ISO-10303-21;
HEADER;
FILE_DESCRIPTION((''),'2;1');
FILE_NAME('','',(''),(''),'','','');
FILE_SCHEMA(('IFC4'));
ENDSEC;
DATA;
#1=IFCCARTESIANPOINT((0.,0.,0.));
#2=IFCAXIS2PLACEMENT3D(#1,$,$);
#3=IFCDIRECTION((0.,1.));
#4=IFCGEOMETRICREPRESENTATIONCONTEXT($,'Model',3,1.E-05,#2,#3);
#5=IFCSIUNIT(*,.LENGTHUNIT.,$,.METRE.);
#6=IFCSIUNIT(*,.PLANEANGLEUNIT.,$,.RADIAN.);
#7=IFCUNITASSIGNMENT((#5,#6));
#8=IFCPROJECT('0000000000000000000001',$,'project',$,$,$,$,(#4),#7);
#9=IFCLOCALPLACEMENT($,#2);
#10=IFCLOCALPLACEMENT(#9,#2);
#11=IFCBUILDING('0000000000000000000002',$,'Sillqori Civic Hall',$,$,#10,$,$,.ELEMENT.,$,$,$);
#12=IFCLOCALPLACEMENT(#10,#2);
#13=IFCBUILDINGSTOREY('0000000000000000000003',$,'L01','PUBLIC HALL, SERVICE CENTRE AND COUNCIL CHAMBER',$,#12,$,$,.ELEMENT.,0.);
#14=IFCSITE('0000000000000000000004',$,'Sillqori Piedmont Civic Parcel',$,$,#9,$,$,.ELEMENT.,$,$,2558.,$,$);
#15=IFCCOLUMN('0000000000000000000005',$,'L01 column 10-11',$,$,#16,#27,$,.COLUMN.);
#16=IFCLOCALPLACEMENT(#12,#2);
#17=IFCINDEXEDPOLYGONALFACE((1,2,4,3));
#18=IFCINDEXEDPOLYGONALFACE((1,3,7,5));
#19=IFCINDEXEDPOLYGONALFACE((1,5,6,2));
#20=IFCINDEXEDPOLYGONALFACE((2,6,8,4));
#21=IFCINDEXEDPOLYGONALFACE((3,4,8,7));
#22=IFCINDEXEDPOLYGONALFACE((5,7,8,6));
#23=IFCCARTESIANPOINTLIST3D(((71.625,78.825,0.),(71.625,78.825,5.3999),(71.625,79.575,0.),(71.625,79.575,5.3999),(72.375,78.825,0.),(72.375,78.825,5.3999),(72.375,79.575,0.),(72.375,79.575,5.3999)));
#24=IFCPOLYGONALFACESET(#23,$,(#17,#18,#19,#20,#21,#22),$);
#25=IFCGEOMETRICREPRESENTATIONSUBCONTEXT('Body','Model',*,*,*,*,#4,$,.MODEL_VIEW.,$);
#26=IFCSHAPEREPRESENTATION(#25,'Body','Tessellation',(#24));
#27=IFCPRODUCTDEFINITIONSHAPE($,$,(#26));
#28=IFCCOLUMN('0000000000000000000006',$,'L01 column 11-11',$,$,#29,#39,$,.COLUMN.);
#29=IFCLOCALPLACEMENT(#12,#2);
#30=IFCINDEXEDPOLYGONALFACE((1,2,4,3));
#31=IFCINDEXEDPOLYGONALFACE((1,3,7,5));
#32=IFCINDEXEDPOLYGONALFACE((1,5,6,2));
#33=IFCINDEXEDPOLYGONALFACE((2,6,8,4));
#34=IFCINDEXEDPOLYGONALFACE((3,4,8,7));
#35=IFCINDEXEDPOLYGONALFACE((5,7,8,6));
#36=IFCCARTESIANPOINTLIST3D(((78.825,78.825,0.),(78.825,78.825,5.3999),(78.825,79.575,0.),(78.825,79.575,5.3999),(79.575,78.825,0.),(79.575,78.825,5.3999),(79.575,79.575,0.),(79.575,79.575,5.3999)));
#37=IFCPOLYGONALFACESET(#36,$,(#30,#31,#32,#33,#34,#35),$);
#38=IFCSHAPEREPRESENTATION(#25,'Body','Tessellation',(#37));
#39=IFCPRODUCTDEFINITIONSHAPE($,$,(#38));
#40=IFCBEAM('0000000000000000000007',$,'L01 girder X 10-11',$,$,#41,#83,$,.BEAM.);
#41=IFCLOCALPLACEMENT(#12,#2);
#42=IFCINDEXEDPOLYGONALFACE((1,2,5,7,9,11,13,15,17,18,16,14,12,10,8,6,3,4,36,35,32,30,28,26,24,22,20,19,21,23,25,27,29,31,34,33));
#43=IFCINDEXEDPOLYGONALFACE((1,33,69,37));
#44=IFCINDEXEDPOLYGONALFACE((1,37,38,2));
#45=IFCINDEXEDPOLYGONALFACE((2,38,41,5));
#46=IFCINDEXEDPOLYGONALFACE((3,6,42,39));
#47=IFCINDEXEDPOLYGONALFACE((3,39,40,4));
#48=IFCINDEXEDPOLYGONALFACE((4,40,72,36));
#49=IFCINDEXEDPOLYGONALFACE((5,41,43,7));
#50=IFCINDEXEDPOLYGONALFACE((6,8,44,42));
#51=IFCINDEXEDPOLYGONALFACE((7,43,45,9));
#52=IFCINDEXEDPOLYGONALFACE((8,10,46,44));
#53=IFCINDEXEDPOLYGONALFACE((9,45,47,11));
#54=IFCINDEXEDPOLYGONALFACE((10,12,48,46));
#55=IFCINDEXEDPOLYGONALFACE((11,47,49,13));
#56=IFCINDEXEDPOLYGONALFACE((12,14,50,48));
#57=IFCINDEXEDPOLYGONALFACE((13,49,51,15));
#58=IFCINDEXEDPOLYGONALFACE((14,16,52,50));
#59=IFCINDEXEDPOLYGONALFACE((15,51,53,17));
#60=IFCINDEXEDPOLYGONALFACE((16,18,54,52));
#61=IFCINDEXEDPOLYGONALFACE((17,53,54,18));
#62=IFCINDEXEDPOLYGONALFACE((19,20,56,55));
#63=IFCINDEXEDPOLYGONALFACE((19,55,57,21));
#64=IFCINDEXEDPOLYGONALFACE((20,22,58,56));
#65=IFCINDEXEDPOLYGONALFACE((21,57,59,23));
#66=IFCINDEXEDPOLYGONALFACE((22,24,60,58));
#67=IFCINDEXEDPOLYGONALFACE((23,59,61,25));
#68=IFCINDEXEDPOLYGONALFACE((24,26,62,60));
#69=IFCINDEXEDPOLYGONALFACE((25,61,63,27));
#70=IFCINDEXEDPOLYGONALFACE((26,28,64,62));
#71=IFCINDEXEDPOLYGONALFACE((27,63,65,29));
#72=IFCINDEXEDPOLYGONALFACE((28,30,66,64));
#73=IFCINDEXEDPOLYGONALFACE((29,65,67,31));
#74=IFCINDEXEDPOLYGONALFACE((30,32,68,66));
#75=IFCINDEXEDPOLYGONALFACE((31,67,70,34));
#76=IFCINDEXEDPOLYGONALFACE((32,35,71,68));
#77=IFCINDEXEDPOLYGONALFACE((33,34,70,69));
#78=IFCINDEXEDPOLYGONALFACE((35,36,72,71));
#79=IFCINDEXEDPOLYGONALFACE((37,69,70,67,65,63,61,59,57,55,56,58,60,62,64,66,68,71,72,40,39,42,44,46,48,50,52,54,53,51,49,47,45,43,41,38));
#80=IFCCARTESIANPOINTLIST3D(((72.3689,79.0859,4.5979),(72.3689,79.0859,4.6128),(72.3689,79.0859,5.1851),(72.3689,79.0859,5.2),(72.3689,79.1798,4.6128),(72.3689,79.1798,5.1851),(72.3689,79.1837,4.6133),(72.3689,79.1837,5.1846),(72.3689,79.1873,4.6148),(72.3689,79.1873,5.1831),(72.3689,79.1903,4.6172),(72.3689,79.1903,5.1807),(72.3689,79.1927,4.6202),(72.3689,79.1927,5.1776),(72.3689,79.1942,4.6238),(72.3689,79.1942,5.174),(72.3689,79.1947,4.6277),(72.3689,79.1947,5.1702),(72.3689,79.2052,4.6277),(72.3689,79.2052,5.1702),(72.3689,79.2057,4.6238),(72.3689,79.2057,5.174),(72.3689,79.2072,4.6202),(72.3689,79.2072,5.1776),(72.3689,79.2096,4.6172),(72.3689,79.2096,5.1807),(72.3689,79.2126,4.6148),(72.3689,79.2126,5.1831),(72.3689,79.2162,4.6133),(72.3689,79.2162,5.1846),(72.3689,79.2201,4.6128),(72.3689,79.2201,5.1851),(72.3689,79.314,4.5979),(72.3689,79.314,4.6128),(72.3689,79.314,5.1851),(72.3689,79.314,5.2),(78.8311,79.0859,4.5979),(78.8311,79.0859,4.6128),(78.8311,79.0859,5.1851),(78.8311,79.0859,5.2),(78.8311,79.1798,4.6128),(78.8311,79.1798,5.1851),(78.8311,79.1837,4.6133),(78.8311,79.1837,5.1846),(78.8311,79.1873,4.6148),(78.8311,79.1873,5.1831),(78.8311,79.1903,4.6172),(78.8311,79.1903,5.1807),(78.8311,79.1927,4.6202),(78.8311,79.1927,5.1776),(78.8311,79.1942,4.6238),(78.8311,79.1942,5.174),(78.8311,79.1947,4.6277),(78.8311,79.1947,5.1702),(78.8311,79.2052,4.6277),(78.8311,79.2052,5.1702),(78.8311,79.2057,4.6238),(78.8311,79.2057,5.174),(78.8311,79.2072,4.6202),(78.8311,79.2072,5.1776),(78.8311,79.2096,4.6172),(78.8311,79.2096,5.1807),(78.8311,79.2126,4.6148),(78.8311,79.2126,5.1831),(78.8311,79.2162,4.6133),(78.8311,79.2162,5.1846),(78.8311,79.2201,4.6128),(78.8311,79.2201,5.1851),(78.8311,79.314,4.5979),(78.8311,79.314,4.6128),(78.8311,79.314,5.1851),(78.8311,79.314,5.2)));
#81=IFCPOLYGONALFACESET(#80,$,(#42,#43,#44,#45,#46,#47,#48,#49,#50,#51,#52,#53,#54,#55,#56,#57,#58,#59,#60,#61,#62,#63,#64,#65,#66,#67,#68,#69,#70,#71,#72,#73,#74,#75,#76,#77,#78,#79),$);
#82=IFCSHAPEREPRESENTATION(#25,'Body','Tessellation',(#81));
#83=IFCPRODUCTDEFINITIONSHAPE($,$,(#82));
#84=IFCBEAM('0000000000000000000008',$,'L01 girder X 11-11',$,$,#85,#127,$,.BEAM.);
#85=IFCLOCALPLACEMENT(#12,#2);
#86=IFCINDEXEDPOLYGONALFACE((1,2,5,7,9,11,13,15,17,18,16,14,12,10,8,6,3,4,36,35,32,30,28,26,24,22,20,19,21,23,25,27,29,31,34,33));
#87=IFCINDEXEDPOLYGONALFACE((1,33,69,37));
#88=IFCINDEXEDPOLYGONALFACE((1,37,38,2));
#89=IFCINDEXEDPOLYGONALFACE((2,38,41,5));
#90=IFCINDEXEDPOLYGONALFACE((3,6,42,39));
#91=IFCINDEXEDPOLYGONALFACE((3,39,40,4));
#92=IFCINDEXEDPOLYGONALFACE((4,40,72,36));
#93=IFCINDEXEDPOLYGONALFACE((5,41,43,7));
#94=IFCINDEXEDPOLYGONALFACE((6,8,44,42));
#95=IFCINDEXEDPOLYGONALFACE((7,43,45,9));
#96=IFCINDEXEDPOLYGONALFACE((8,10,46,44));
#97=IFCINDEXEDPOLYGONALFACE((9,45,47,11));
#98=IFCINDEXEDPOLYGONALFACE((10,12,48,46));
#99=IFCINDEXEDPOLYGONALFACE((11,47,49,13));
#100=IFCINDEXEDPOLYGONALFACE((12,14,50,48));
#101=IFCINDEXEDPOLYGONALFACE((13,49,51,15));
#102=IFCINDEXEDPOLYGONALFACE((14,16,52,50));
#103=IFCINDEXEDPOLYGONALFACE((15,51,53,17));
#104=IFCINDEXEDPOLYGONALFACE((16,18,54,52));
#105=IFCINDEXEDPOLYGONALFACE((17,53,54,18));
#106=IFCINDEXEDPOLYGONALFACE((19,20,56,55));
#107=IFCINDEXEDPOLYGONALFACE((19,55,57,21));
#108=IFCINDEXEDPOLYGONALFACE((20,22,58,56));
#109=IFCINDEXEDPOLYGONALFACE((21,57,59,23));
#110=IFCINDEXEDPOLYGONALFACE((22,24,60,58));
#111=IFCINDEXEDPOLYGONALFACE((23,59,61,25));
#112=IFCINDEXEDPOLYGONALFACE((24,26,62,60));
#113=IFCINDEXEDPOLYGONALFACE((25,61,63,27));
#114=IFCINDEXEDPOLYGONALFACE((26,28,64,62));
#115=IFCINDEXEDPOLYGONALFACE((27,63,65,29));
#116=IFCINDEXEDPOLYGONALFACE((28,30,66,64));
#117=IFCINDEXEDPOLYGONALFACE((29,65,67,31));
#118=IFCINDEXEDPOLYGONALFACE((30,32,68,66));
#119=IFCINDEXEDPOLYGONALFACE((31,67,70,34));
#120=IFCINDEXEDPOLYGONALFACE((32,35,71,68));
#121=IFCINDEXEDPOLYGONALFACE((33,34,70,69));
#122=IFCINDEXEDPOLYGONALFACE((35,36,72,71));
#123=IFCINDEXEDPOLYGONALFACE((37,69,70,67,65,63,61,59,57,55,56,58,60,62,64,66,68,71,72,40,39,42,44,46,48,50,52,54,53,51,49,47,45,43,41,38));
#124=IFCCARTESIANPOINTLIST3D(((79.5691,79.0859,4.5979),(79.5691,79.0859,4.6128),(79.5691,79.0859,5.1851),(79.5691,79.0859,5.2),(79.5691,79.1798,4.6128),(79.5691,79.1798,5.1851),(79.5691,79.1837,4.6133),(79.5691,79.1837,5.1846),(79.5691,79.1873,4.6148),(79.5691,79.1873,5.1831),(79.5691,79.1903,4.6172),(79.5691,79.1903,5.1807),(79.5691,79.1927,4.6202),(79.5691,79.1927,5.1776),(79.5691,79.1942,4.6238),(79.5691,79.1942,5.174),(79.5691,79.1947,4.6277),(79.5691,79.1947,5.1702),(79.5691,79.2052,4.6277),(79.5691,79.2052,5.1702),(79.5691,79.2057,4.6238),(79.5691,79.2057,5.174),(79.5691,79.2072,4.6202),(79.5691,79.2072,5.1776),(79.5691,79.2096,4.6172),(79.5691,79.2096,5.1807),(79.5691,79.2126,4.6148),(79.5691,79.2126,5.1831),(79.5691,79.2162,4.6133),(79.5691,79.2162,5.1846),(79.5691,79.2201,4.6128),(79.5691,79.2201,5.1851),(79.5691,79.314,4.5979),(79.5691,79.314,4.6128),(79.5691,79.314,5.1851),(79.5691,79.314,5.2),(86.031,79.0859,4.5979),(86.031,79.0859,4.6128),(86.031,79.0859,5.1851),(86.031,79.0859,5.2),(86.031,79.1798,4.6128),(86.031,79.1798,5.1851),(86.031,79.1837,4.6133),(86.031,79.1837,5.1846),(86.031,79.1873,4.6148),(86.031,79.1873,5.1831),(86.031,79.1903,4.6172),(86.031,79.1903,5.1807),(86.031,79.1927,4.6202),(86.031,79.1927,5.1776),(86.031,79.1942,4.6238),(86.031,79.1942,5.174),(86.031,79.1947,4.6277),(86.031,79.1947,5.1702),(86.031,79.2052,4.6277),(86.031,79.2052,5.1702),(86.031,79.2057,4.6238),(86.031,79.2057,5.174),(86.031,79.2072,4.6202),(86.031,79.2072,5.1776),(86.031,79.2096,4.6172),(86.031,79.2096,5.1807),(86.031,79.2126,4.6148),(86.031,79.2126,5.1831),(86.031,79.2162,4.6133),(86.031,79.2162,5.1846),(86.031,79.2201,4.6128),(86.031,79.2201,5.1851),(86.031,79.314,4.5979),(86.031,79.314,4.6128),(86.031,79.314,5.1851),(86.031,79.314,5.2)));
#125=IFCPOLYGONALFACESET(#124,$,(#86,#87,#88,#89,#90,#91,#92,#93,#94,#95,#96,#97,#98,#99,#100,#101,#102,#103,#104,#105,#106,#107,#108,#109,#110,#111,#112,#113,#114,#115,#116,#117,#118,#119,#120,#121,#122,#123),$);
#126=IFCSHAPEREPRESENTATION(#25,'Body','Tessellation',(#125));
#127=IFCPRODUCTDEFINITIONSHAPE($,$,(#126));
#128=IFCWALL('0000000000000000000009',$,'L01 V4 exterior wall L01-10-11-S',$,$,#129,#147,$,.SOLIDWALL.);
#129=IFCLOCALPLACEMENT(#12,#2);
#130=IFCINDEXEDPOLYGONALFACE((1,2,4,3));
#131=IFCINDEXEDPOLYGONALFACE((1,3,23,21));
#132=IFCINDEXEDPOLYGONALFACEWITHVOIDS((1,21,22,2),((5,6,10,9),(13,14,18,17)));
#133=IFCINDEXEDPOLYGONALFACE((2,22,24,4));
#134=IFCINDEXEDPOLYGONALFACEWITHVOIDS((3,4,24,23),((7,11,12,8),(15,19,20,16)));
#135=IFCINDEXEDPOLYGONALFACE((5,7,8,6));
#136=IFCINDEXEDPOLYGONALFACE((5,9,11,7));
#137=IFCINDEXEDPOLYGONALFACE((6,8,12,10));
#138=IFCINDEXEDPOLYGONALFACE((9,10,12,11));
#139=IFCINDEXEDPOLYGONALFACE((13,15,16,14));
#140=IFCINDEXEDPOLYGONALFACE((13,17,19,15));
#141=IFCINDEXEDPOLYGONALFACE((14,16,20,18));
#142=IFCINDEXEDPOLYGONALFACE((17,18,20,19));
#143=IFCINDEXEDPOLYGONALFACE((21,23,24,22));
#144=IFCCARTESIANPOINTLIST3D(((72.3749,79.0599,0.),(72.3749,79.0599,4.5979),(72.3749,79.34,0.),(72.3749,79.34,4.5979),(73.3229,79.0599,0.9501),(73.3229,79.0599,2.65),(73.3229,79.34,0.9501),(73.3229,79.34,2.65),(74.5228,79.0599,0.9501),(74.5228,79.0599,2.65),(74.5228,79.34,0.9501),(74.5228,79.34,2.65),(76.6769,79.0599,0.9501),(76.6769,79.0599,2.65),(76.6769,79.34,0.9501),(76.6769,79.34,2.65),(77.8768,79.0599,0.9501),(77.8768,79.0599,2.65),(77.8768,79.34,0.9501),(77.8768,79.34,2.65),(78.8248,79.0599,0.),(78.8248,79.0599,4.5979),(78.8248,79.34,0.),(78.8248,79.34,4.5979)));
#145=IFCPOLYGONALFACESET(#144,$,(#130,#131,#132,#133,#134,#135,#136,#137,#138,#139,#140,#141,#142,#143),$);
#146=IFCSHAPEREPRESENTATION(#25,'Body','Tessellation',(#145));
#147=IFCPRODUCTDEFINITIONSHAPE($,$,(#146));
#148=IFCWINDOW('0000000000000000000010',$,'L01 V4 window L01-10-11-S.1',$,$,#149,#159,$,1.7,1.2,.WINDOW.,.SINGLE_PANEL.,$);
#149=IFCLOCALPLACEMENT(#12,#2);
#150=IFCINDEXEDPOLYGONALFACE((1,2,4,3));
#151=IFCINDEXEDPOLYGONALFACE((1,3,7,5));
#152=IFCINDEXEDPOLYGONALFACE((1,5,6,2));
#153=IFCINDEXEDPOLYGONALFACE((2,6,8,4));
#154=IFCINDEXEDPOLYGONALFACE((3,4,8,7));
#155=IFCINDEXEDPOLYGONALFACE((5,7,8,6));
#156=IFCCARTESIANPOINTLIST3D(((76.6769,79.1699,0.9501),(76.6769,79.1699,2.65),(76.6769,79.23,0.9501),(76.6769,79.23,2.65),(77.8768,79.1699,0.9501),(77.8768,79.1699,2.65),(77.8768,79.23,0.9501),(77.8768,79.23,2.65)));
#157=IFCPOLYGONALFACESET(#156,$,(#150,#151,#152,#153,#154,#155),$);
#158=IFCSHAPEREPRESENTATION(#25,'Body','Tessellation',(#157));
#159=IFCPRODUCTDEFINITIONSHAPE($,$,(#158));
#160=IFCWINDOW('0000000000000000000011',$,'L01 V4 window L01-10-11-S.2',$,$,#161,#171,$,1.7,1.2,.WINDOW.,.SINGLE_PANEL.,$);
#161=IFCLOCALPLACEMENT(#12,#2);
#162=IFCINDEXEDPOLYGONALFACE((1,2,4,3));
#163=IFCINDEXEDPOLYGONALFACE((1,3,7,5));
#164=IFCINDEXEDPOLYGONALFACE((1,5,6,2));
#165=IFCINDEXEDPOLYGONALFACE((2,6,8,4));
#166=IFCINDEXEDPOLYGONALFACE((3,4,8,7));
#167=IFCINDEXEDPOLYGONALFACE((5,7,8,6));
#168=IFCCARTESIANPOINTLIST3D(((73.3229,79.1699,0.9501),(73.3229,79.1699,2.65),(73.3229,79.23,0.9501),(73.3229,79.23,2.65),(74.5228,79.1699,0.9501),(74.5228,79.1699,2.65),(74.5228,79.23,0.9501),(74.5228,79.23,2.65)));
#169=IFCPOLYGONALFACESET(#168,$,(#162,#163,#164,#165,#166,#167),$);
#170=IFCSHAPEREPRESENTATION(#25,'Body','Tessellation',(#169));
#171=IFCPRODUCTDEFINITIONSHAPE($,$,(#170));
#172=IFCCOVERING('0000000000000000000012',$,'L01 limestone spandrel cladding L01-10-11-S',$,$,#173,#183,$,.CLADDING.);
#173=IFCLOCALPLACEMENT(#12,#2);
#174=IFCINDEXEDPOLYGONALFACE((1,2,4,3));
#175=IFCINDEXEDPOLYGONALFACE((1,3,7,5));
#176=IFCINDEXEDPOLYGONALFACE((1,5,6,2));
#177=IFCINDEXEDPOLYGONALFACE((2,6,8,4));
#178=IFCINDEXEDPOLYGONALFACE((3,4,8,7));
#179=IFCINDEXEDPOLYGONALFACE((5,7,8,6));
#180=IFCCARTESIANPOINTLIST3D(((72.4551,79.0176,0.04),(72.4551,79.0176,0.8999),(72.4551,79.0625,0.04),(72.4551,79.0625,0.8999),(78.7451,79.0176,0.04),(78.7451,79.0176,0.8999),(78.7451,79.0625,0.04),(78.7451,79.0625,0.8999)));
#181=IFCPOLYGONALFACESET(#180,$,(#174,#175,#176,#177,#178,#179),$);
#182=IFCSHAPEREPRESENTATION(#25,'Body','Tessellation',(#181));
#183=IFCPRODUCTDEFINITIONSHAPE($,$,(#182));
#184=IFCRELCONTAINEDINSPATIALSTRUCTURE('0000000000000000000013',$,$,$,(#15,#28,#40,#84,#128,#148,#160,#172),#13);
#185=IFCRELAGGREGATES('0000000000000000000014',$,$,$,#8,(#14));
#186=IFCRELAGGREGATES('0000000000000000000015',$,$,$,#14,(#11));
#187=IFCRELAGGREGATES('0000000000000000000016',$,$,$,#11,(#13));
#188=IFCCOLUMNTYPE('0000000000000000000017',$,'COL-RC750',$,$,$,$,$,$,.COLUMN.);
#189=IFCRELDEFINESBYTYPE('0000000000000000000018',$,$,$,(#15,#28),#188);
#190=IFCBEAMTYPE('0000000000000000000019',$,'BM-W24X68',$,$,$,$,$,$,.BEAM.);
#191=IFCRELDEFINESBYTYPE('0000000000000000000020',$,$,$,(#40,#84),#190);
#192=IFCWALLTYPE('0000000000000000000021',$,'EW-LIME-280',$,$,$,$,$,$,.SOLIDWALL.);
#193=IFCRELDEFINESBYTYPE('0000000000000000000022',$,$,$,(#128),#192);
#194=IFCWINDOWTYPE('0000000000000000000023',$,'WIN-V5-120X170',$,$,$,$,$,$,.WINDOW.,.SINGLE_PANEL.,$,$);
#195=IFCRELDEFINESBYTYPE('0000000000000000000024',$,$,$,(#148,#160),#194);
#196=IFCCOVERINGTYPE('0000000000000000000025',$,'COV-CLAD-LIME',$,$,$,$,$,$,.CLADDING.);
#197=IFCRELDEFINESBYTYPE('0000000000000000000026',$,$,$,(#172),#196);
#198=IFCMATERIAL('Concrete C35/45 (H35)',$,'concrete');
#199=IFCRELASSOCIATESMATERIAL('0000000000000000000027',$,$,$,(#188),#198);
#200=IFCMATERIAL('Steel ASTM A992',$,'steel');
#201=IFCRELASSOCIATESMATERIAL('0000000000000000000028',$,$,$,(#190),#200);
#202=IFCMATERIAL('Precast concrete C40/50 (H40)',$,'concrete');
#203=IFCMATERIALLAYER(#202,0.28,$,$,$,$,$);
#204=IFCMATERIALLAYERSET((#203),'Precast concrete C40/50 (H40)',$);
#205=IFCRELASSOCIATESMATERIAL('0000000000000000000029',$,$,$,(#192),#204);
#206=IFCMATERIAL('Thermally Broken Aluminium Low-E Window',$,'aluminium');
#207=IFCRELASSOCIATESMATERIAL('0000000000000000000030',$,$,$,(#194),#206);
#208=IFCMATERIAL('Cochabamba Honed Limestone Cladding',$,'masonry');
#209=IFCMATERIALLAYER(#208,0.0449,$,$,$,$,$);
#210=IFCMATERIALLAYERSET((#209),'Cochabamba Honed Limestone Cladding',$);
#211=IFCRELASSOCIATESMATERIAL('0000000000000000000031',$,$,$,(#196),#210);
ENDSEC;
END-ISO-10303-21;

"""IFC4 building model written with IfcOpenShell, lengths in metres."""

from ifc_helpers import new_model, si_unit, direction, frame, frame_2d, origin, origin_2d, place, context, subcontext, project, spatial, rectangle, i_section, extrude, material, layer, layer_set, material_profile, profile_set, type_object, element, fill, save


model = new_model("IFC4")

# Units and contexts
model_context = context("Model", 3, precision=1e-05, world=origin(), true_north=direction((0.0, 1.0)))
body_context = subcontext(model_context, "Body", "Model", "MODEL_VIEW")
ifc_project = project(units=[si_unit("LENGTHUNIT", "METRE"), si_unit("PLANEANGLEUNIT", "RADIAN")], contexts=[model_context])

# Site, building, storey
site_placement = place(None, origin())
site = spatial("IfcSite", under=ifc_project, at=site_placement, Name="Sillqori Piedmont Civic Parcel", CompositionType="ELEMENT", RefElevation=2558.0)
building_placement = place(site_placement, origin())
building = spatial("IfcBuilding", under=site, at=building_placement, Name="Sillqori Civic Hall", CompositionType="ELEMENT")
storey_placement = place(building_placement, origin())
storey = spatial("IfcBuildingStorey", under=building, at=storey_placement, Name="L01", Description="PUBLIC HALL, SERVICE CENTRE AND COUNCIL CHAMBER", CompositionType="ELEMENT", Elevation=0.0)

# Columns
ifc_material_1 = material(Name="Concrete C35/45 (H35)", Category="concrete")
ifc_material_profile_1 = material_profile(ifc_material_1, rectangle(XDim=0.75, YDim=0.75, at=origin_2d()), Name="RC 750x750")
ifc_profile_set_1 = profile_set([ifc_material_profile_1], Name="Concrete C35/45 (H35)")
column_type = type_object("IfcColumnType", Name="COL-RC750", PredefinedType="COLUMN", material=ifc_profile_set_1)
for number, where, z_axis, x_axis, name in (
    (1, (72.0, 79.2, 0.0), (0.0, 0.0, 1.0), (1.0, 0.0, 0.0), "L01 column 10-11"),
    (2, (79.2, 79.2, 0.0), (0.0, 0.0, 1.0), (1.0, 0.0, 0.0), "L01 column 11-11"),
):
    element("IfcColumn", number, at=place(storey_placement, frame(where, z_axis=z_axis, x_axis=x_axis)), inside=storey, type_object=column_type, Name=name, PredefinedType="COLUMN", context=body_context, shape_type="SweptSolid", body=[
        extrude(rectangle(XDim=0.75, YDim=0.75, at=origin_2d()), origin(), (0.0, 0.0, 1.0), 5.3999),
    ])

# Beams
ifc_material_2 = material(Name="Steel ASTM A992", Category="steel")
ifc_material_profile_2 = material_profile(ifc_material_2, i_section(OverallWidth=0.228, OverallDepth=0.6021, WebThickness=0.0105, FlangeThickness=0.0149, FilletRadius=0.0149, at=origin_2d()), Name="W24X68")
ifc_profile_set_2 = profile_set([ifc_material_profile_2], Name="Steel ASTM A992")
beam_type = type_object("IfcBeamType", Name="BM-W24X68", PredefinedType="BEAM", material=ifc_profile_set_2)
beam_1_placement = place(storey_placement, frame((72.3689, 79.2, 4.8989), z_axis=(1.0, 0.0, 0.0), x_axis=(0.0, 1.0, 0.0)))
element("IfcBeam", 3, at=beam_1_placement, inside=storey, type_object=beam_type, Name="L01 girder X 10-11", PredefinedType="BEAM", context=body_context, shape_type="SweptSolid", body=[
    extrude(i_section(OverallWidth=0.228, OverallDepth=0.6021, WebThickness=0.0105, FlangeThickness=0.0149, FilletRadius=0.0149, at=origin_2d()), origin(), (0.0, 0.0, 1.0), 6.4622),
])
beam_2_placement = place(storey_placement, frame((79.5691, 79.2, 4.8989), z_axis=(1.0, 0.0, 0.0), x_axis=(0.0, 1.0, 0.0)))
element("IfcBeam", 4, at=beam_2_placement, inside=storey, type_object=beam_type, Name="L01 girder X 11-11", PredefinedType="BEAM", context=body_context, shape_type="SweptSolid", body=[
    extrude(i_section(OverallWidth=0.228, OverallDepth=0.6021, WebThickness=0.0105, FlangeThickness=0.0149, FilletRadius=0.0149, at=origin_2d()), origin(), (0.0, 0.0, 1.0), 6.4619),
])

# Wall, openings, windows
ifc_material_3 = material(Name="Precast concrete C40/50 (H40)", Category="concrete")
ifc_layer_1 = layer(ifc_material_3, 0.28)
ifc_layer_set_1 = layer_set([ifc_layer_1], Name="Precast concrete C40/50 (H40)")
wall_type = type_object("IfcWallType", Name="EW-LIME-280", PredefinedType="SOLIDWALL", material=ifc_layer_set_1)
wall_placement = place(storey_placement, frame((78.825, 79.2, 0.0), z_axis=(0.0, 0.0, 1.0), x_axis=(-1.0, 0.0, 0.0)))
wall = element("IfcWall", 5, at=wall_placement, inside=storey, type_object=wall_type, Name="L01 V4 exterior wall L01-10-11-S", PredefinedType="SOLIDWALL", context=body_context, shape_type="SweptSolid", body=[
    extrude(rectangle(XDim=6.45, YDim=0.28, at=frame_2d((3.2251, 0.0))), origin(), (0.0, 0.0, 1.0), 4.5979),
])
opening_1_placement = place(wall_placement, frame((0.948, 0.0, 0.95)))
opening_1 = element("IfcOpeningElement", 6, at=opening_1_placement, cuts=wall, PredefinedType="OPENING", context=body_context, shape_type="SweptSolid", body=[
    extrude(rectangle(XDim=1.2, YDim=1.7, at=frame_2d((0.6001, 0.8501))), frame((0.0, 0.1499, 0.0), z_axis=(0.0, -1.0, 0.0), x_axis=(1.0, 0.0, 0.0)), (0.0, 0.0, 1.0), 0.3),
])
opening_2_placement = place(wall_placement, frame((4.302, 0.0, 0.95)))
opening_2 = element("IfcOpeningElement", 7, at=opening_2_placement, cuts=wall, PredefinedType="OPENING", context=body_context, shape_type="SweptSolid", body=[
    extrude(rectangle(XDim=1.2, YDim=1.7, at=frame_2d((0.6001, 0.8501))), frame((0.0, 0.1499, 0.0), z_axis=(0.0, -1.0, 0.0), x_axis=(1.0, 0.0, 0.0)), (0.0, 0.0, 1.0), 0.3),
])
ifc_material_4 = material(Name="Thermally Broken Aluminium Low-E Window", Category="aluminium")
window_type = type_object("IfcWindowType", Name="WIN-V5-120X170", PartitioningType="SINGLE_PANEL", PredefinedType="WINDOW", material=ifc_material_4)
window_1_placement = place(opening_1_placement, origin())
window_1 = element("IfcWindow", 8, at=window_1_placement, inside=storey, type_object=window_type, Name="L01 V4 window L01-10-11-S.1", OverallHeight=1.7, OverallWidth=1.2, PartitioningType="SINGLE_PANEL", PredefinedType="WINDOW", context=body_context, shape_type="SweptSolid", body=[
    extrude(rectangle(XDim=1.2, YDim=1.7, at=frame_2d((0.6001, 0.8501))), frame((0.0, 0.03, 0.0), z_axis=(0.0, -1.0, 0.0), x_axis=(1.0, 0.0, 0.0)), (0.0, 0.0, 1.0), 0.0601),
])
fill(opening_1, window_1)
window_2_placement = place(opening_2_placement, origin())
window_2 = element("IfcWindow", 9, at=window_2_placement, inside=storey, type_object=window_type, Name="L01 V4 window L01-10-11-S.2", OverallHeight=1.7, OverallWidth=1.2, PartitioningType="SINGLE_PANEL", PredefinedType="WINDOW", context=body_context, shape_type="SweptSolid", body=[
    extrude(rectangle(XDim=1.2, YDim=1.7, at=frame_2d((0.6001, 0.8501))), frame((0.0, 0.03, 0.0), z_axis=(0.0, -1.0, 0.0), x_axis=(1.0, 0.0, 0.0)), (0.0, 0.0, 1.0), 0.0601),
])
fill(opening_2, window_2)

# Covering
ifc_material_5 = material(Name="Cochabamba Honed Limestone Cladding", Category="masonry")
ifc_layer_2 = layer(ifc_material_5, 0.0449)
ifc_layer_set_2 = layer_set([ifc_layer_2], Name="Cochabamba Honed Limestone Cladding")
covering_type = type_object("IfcCoveringType", Name="COV-CLAD-LIME", PredefinedType="CLADDING", material=ifc_layer_set_2)
covering_1_placement = place(storey_placement, frame((78.7451, 79.04, 0.04), z_axis=(0.0, 0.0, 1.0), x_axis=(-1.0, 0.0, 0.0)))
element("IfcCovering", 10, at=covering_1_placement, inside=storey, type_object=covering_type, Name="L01 limestone spandrel cladding L01-10-11-S", PredefinedType="CLADDING", context=body_context, shape_type="SweptSolid", body=[
    extrude(rectangle(XDim=6.29, YDim=0.0449, at=frame_2d((3.145, 0.0))), origin(), (0.0, 0.0, 1.0), 0.8599),
])

save(model, "model.ifc")
